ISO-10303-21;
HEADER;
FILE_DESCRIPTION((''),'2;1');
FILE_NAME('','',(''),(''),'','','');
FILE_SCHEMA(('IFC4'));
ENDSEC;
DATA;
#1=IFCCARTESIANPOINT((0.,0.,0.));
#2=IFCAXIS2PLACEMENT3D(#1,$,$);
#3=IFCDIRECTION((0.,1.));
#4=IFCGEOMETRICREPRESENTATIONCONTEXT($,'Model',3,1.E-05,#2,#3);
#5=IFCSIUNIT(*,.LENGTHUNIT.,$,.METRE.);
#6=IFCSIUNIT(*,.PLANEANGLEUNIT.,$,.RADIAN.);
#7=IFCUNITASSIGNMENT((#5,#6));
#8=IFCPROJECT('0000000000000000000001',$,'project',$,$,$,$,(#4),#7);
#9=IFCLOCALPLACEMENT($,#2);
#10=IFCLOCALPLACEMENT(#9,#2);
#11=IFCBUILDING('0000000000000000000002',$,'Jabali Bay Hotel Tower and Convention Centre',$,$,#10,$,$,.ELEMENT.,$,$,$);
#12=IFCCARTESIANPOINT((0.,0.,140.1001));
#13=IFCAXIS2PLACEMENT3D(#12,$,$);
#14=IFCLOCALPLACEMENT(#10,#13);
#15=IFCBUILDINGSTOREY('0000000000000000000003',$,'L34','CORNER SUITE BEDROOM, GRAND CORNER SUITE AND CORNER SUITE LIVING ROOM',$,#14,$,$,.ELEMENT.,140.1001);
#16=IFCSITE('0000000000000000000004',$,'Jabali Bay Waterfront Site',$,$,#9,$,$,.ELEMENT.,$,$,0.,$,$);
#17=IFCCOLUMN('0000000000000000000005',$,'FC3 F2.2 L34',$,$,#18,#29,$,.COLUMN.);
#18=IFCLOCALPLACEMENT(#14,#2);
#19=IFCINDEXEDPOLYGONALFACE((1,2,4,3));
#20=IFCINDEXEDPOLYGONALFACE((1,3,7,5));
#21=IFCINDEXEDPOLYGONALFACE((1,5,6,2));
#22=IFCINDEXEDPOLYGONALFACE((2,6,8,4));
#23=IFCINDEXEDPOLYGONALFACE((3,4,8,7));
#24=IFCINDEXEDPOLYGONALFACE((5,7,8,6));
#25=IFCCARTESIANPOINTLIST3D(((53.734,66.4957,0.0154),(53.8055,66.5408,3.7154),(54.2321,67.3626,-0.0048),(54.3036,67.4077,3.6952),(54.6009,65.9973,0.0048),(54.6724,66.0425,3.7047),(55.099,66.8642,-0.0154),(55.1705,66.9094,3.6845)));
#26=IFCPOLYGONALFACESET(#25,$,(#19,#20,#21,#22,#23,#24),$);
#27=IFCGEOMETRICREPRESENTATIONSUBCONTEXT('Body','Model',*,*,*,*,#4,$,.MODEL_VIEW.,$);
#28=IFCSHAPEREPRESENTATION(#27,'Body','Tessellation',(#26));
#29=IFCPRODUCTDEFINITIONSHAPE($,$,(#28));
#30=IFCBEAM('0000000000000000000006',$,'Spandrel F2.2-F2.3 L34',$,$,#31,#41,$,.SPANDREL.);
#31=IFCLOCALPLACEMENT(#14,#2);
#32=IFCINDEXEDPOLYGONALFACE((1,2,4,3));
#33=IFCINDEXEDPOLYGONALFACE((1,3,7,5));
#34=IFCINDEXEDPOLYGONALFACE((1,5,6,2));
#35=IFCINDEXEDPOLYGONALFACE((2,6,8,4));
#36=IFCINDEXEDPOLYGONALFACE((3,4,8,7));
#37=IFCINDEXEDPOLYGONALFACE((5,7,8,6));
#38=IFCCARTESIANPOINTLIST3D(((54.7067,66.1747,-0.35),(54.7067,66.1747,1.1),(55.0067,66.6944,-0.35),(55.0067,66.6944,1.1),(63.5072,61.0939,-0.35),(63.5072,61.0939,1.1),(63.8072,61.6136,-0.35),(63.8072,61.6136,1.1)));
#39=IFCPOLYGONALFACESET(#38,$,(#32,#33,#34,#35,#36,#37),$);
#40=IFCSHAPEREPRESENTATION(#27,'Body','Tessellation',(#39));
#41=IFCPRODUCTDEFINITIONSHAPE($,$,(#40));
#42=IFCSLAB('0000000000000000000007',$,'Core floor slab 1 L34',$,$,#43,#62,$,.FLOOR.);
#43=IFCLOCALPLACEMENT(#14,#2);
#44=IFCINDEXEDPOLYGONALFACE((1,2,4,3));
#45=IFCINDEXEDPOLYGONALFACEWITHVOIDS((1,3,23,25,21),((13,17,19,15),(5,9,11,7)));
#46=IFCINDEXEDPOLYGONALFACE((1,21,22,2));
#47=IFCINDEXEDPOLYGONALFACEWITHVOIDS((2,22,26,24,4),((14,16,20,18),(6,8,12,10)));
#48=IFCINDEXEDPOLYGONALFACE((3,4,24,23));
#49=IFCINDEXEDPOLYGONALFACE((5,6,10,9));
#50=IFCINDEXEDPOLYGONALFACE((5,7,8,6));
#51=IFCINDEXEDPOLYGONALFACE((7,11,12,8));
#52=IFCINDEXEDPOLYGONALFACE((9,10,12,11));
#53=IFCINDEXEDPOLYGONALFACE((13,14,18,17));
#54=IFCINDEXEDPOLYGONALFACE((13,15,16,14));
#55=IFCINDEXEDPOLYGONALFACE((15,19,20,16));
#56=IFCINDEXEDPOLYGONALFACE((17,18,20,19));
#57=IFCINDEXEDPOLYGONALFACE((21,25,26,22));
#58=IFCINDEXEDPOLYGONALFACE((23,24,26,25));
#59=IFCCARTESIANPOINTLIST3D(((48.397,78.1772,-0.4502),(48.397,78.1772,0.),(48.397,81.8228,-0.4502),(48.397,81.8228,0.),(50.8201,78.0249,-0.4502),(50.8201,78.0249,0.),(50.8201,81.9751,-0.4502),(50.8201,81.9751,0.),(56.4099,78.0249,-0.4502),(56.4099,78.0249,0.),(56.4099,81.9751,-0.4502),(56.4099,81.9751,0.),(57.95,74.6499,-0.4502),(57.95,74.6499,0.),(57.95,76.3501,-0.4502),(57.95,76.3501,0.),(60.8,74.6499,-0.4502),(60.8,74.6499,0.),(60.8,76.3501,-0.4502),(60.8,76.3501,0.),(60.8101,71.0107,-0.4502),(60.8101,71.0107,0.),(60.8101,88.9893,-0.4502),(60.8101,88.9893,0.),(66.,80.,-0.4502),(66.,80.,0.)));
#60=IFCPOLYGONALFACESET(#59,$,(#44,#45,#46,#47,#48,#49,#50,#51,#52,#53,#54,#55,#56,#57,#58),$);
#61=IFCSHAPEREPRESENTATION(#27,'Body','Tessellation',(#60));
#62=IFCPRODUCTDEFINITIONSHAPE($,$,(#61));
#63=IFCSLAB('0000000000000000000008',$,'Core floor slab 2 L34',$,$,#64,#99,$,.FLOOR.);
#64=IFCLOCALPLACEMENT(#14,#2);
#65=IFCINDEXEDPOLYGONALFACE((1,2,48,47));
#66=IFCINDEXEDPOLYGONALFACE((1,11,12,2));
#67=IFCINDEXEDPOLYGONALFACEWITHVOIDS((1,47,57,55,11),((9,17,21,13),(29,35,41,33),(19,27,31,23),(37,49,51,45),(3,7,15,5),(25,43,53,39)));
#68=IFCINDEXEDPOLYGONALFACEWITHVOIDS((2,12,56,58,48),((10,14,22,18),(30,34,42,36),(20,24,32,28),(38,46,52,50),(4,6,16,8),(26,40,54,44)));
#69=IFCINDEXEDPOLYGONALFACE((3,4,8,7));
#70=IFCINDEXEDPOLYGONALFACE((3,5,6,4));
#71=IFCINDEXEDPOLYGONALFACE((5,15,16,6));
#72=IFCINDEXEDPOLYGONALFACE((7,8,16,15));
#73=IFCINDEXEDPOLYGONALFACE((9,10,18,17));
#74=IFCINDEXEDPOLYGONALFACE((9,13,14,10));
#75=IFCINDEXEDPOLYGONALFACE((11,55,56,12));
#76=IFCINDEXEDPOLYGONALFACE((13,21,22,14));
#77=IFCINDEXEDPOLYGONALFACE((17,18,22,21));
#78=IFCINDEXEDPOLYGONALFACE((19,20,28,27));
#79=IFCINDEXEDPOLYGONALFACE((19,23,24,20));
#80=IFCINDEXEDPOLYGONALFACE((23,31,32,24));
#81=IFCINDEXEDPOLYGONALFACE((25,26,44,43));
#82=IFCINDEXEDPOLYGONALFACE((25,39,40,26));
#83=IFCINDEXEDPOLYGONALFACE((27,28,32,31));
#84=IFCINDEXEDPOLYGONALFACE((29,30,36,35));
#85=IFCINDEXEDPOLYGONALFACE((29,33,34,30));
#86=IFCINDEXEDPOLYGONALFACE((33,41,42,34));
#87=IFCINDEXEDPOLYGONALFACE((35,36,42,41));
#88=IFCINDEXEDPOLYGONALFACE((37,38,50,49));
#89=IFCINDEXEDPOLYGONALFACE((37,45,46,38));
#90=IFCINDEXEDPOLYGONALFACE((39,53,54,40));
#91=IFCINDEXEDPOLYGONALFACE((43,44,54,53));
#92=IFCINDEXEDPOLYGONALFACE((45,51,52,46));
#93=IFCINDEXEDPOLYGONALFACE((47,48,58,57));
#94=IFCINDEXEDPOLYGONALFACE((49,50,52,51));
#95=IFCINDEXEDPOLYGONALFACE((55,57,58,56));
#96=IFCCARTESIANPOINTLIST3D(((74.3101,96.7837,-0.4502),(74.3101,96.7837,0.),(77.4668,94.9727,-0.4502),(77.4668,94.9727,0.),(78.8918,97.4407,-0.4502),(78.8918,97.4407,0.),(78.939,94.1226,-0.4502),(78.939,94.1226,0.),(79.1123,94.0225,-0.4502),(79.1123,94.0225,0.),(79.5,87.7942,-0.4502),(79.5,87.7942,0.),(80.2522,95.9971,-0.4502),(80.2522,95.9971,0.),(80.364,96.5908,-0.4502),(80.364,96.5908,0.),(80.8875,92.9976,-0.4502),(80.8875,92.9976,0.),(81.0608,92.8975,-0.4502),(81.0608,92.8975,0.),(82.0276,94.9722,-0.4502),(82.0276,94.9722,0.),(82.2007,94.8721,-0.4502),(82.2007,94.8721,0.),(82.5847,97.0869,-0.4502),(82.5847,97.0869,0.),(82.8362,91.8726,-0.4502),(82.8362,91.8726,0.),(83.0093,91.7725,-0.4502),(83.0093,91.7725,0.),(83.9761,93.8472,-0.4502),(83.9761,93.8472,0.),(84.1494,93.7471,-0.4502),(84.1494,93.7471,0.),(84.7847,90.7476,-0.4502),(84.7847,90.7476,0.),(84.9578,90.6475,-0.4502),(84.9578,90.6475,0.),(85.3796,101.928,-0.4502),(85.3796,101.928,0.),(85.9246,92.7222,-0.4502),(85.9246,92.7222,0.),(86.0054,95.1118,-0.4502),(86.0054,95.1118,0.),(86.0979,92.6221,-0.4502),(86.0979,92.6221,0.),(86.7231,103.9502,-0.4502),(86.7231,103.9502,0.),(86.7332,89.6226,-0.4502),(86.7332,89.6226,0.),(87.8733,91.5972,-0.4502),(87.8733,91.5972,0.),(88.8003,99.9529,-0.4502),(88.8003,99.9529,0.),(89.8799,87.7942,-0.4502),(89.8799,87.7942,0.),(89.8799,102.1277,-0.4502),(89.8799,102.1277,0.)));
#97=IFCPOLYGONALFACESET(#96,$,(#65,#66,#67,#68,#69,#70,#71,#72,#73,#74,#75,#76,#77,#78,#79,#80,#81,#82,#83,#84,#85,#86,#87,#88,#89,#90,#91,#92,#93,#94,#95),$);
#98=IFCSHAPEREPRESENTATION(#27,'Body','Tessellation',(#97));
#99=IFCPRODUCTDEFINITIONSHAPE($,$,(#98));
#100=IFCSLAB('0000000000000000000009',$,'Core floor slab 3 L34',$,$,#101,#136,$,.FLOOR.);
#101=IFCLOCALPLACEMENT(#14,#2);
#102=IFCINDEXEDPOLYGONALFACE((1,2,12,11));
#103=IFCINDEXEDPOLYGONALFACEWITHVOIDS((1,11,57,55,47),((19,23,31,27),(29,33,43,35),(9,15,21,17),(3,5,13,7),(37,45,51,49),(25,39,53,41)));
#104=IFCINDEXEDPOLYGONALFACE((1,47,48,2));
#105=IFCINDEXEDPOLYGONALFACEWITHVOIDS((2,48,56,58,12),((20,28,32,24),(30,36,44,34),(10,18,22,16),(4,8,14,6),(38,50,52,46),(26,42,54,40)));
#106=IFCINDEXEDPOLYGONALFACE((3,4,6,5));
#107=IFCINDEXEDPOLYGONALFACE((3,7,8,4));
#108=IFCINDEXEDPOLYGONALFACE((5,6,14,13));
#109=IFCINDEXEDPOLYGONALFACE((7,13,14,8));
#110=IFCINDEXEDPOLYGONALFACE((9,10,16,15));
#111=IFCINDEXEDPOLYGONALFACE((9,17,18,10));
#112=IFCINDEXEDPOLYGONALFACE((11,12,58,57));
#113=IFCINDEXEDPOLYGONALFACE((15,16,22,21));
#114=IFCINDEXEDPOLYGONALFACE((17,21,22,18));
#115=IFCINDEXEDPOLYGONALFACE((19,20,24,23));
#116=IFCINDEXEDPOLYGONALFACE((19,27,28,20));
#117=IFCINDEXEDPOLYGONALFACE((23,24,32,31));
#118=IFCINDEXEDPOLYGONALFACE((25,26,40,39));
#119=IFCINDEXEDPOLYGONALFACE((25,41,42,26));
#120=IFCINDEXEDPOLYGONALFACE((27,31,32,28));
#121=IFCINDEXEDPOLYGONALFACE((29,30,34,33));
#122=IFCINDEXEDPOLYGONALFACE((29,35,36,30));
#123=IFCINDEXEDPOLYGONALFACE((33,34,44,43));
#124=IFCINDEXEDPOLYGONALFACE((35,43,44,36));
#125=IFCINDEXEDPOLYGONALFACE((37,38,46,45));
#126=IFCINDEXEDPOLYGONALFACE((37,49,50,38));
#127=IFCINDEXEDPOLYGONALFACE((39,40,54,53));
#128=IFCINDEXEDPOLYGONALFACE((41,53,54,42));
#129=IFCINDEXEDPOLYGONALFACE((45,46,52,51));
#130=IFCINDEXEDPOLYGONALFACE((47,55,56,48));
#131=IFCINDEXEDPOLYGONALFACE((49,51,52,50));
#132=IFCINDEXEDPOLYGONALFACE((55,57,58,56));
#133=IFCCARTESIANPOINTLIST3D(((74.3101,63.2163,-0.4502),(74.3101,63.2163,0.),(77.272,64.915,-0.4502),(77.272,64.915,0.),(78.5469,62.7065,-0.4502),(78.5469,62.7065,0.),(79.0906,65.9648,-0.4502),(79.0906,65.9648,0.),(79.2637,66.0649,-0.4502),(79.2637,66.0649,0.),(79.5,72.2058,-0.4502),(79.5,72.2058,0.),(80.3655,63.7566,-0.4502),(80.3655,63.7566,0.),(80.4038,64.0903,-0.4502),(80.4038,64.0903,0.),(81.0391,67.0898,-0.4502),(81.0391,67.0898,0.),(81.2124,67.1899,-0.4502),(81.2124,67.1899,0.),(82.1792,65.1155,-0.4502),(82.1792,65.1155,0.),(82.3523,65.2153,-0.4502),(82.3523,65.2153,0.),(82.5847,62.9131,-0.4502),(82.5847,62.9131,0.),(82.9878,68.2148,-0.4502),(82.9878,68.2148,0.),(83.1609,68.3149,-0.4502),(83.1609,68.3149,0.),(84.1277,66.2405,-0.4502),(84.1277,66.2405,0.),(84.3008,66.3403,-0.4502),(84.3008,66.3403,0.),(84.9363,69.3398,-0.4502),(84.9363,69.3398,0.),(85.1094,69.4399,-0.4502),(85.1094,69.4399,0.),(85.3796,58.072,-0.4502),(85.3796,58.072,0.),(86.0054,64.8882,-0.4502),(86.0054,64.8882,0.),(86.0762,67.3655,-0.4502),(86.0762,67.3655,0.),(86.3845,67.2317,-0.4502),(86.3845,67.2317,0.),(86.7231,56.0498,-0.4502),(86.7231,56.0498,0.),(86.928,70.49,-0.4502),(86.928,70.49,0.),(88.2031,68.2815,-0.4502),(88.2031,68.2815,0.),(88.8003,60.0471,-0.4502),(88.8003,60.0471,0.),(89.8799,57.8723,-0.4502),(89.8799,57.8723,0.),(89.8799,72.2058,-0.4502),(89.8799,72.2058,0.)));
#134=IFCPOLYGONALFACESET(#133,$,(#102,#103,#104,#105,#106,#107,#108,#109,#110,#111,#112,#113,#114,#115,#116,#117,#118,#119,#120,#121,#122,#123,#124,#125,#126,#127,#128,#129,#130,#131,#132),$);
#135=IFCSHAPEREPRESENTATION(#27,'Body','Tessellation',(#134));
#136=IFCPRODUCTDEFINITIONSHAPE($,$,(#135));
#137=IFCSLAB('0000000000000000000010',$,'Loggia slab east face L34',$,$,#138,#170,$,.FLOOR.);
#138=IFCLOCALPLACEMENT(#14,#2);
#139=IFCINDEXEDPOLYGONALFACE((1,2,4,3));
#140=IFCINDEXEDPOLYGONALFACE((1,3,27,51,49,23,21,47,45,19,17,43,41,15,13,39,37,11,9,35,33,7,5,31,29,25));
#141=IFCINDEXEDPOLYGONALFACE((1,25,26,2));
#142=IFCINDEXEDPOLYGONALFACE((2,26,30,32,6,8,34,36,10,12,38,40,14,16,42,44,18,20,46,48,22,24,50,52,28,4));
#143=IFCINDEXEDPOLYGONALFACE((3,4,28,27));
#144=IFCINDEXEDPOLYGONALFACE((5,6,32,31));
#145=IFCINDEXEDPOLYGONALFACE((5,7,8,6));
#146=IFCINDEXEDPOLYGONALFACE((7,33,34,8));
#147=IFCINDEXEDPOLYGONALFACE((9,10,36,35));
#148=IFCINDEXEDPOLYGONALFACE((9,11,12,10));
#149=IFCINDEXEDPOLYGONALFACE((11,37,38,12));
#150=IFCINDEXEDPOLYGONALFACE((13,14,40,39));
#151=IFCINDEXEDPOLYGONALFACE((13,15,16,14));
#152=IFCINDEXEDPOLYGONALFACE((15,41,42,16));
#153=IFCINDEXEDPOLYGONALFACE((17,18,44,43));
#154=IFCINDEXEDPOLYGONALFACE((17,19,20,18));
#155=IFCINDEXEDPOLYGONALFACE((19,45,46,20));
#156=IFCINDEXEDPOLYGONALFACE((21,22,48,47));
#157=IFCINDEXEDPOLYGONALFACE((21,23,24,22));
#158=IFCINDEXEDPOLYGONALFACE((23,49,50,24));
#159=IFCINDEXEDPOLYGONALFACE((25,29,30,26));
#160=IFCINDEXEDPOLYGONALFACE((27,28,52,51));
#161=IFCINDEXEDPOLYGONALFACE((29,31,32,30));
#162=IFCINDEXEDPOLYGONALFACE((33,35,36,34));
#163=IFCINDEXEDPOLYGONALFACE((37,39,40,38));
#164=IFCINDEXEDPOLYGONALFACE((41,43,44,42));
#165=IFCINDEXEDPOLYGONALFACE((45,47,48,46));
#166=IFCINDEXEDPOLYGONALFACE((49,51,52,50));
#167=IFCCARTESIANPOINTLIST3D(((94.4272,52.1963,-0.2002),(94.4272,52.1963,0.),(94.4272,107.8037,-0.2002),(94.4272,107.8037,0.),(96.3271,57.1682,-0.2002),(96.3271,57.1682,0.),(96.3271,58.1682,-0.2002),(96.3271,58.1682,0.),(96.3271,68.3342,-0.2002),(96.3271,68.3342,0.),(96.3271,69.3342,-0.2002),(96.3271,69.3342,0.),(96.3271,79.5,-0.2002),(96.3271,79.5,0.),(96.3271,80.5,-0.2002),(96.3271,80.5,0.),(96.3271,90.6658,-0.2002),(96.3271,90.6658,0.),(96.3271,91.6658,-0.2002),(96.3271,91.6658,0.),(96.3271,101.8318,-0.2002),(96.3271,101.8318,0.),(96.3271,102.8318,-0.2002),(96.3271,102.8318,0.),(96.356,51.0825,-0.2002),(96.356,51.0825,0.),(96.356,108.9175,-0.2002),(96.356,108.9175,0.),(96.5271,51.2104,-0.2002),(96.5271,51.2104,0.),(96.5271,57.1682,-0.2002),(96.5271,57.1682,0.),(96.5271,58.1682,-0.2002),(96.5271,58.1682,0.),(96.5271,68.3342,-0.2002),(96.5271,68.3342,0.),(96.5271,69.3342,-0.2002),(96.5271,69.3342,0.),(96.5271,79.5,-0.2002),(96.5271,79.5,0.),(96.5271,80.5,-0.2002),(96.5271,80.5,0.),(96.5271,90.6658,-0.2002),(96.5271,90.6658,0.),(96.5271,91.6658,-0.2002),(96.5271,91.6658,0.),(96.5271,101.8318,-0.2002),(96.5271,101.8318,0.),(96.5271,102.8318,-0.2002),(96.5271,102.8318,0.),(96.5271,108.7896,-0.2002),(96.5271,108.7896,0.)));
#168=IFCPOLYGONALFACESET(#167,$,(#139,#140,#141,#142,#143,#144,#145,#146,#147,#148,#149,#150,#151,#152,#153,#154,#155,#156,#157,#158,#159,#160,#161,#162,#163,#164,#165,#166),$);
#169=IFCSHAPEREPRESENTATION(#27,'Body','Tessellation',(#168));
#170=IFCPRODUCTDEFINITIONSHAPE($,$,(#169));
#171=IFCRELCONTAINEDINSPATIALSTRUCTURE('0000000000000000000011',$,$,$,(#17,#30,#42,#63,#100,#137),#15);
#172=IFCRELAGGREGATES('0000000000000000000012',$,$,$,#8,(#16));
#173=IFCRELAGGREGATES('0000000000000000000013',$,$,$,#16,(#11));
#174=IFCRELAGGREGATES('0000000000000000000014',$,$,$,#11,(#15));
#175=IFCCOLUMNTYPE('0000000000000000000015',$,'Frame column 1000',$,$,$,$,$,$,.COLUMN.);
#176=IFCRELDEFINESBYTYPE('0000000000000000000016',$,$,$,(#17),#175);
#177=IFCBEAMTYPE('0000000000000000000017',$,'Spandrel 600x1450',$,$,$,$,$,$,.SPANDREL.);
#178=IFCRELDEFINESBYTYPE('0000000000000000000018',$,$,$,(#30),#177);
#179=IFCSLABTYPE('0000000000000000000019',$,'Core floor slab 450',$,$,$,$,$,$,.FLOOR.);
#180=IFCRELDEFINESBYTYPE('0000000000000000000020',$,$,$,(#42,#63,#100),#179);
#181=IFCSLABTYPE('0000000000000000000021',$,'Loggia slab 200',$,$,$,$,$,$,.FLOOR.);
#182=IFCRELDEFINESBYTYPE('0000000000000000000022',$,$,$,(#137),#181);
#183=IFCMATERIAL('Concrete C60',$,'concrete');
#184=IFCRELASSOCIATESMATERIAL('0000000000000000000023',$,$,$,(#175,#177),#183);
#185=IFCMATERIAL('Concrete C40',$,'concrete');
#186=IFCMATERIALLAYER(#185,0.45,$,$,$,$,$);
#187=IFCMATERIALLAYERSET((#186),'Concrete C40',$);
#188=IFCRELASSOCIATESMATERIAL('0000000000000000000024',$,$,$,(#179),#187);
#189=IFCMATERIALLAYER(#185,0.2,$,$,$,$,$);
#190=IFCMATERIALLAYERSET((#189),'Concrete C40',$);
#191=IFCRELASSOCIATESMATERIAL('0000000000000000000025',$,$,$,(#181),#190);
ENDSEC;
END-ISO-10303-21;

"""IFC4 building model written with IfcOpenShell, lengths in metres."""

from ifc_helpers import new_model, si_unit, direction, frame, origin, origin_2d, place, context, subcontext, project, spatial, polyline, rectangle, outline, extrude, material, layer, layer_set, material_profile, profile_set, type_object, element, save


model = new_model("IFC4")

# Units and contexts
model_context = context("Model", 3, precision=1e-05, world=origin(), true_north=direction((0.0, 1.0)))
body_context = subcontext(model_context, "Body", "Model", "MODEL_VIEW")
ifc_project = project(units=[si_unit("LENGTHUNIT", "METRE"), si_unit("PLANEANGLEUNIT", "RADIAN")], contexts=[model_context])

# Site, building, storey
site_placement = place(None, origin())
site = spatial("IfcSite", under=ifc_project, at=site_placement, Name="Jabali Bay Waterfront Site", CompositionType="ELEMENT", RefElevation=0.0)
building_placement = place(site_placement, origin())
building = spatial("IfcBuilding", under=site, at=building_placement, Name="Jabali Bay Hotel Tower and Convention Centre", CompositionType="ELEMENT")
storey_placement = place(building_placement, frame((0.0, 0.0, 140.1001)))
storey = spatial("IfcBuildingStorey", under=building, at=storey_placement, Name="L34", Description="CORNER SUITE BEDROOM, GRAND CORNER SUITE AND CORNER SUITE LIVING ROOM", CompositionType="ELEMENT", Elevation=140.1001)

# Column
ifc_material_1 = material(Name="Concrete C60", Category="concrete")
ifc_material_profile_1 = material_profile(ifc_material_1, rectangle(XDim=1.0, YDim=1.0, at=origin_2d()), Name="Frame column 1000")
ifc_profile_set_1 = profile_set([ifc_material_profile_1], Name="Concrete C60")
column_type = type_object("IfcColumnType", Name="Frame column 1000", PredefinedType="COLUMN", material=ifc_profile_set_1)
column_placement = place(storey_placement, frame((54.4165, 66.6799, 0.0), z_axis=(0.019329, 0.012204, 0.999739), x_axis=(-0.866906, 0.498357, 0.010677)))
element("IfcColumn", 1, at=column_placement, inside=storey, type_object=column_type, Name="FC3 F2.2 L34", PredefinedType="COLUMN", context=body_context, shape_type="SweptSolid", body=[
    extrude(rectangle(XDim=1.0, YDim=1.0, at=origin_2d()), origin(), (0.0, 0.0, 1.0), 3.7009),
])

# Beam
ifc_material_profile_2 = material_profile(ifc_material_1, rectangle(XDim=0.6001, YDim=1.45, at=origin_2d()), Name="Spandrel 600x1450")
ifc_profile_set_2 = profile_set([ifc_material_profile_2], Name="Concrete C60")
beam_type = type_object("IfcBeamType", Name="Spandrel 600x1450", PredefinedType="SPANDREL", material=ifc_profile_set_2)
beam_placement = place(storey_placement, frame((54.8567, 66.4346, 0.375), z_axis=(0.866033, -0.499987, 0.0), x_axis=(0.499987, 0.866033, 0.0)))
element("IfcBeam", 2, at=beam_placement, inside=storey, type_object=beam_type, Name="Spandrel F2.2-F2.3 L34", PredefinedType="SPANDREL", context=body_context, shape_type="SweptSolid", body=[
    extrude(rectangle(XDim=0.6001, YDim=1.45, at=origin_2d()), origin(), (0.0, 0.0, 1.0), 10.1619),
])

# Slabs
ifc_material_2 = material(Name="Concrete C40", Category="concrete")
ifc_layer_1 = layer(ifc_material_2, 0.45)
ifc_layer_set_1 = layer_set([ifc_layer_1], Name="Concrete C40")
slab_type_1 = type_object("IfcSlabType", Name="Core floor slab 450", PredefinedType="FLOOR", material=ifc_layer_set_1)
slab_1_placement = place(storey_placement, frame((0.0, 0.0, -0.4502)))
element("IfcSlab", 3, at=slab_1_placement, inside=storey, type_object=slab_type_1, Name="Core floor slab 1 L34", PredefinedType="FLOOR", context=body_context, shape_type="SweptSolid", body=[
    extrude(outline(polyline([(66.0, 80.0), (60.8101, 88.9893), (48.397, 81.8228), (48.397, 78.1772), (60.8101, 71.0107), (66.0, 80.0)]), holes=[polyline([(60.8, 76.3501), (57.95, 76.3501), (57.95, 74.6499), (60.8, 74.6499), (60.8, 76.3501)]), polyline([(50.8201, 81.9751), (50.8201, 78.0249), (56.4099, 78.0249), (56.4099, 81.9751), (50.8201, 81.9751)])]), origin(), (0.0, 0.0, 1.0), 0.4502),
])
slab_2_placement = place(storey_placement, frame((0.0, 0.0, -0.4502)))
element("IfcSlab", 4, at=slab_2_placement, inside=storey, type_object=slab_type_1, Name="Core floor slab 2 L34", PredefinedType="FLOOR", context=body_context, shape_type="SweptSolid", body=[
    extrude(outline(polyline([(79.5, 87.7942), (89.8799, 87.7942), (89.8799, 102.1277), (86.7231, 103.9502), (74.3101, 96.7837), (79.5, 87.7942)]), holes=[polyline([(84.9578, 90.6475), (86.7332, 89.6226), (87.8733, 91.5972), (86.0979, 92.6221), (84.9578, 90.6475)]), polyline([(84.1494, 93.7471), (83.0093, 91.7725), (84.7847, 90.7476), (85.9246, 92.7222), (84.1494, 93.7471)]), polyline([(82.2007, 94.8721), (81.0608, 92.8975), (82.8362, 91.8726), (83.9761, 93.8472), (82.2007, 94.8721)]), polyline([(79.1123, 94.0225), (80.8875, 92.9976), (82.0276, 94.9722), (80.2522, 95.9971), (79.1123, 94.0225)]), polyline([(78.8918, 97.4407), (77.4668, 94.9727), (78.939, 94.1226), (80.364, 96.5908), (78.8918, 97.4407)]), polyline([(82.5847, 97.0869), (86.0054, 95.1118), (88.8003, 99.9529), (85.3796, 101.928), (82.5847, 97.0869)])]), origin(), (0.0, 0.0, 1.0), 0.4502),
])
slab_3_placement = place(storey_placement, frame((0.0, 0.0, -0.4502)))
element("IfcSlab", 5, at=slab_3_placement, inside=storey, type_object=slab_type_1, Name="Core floor slab 3 L34", PredefinedType="FLOOR", context=body_context, shape_type="SweptSolid", body=[
    extrude(outline(polyline([(79.5, 72.2058), (74.3101, 63.2163), (86.7231, 56.0498), (89.8799, 57.8723), (89.8799, 72.2058), (79.5, 72.2058)]), holes=[polyline([(82.5847, 62.9131), (85.3796, 58.072), (88.8003, 60.0471), (86.0054, 64.8882), (82.5847, 62.9131)]), polyline([(80.3655, 63.7566), (79.0906, 65.9648), (77.272, 64.915), (78.5469, 62.7065), (80.3655, 63.7566)]), polyline([(82.1792, 65.1155), (81.0391, 67.0898), (79.2637, 66.0649), (80.4038, 64.0903), (82.1792, 65.1155)]), polyline([(82.9878, 68.2148), (81.2124, 67.1899), (82.3523, 65.2153), (84.1277, 66.2405), (82.9878, 68.2148)]), polyline([(86.0762, 67.3655), (84.9363, 69.3398), (83.1609, 68.3149), (84.3008, 66.3403), (86.0762, 67.3655)]), polyline([(88.2031, 68.2815), (86.928, 70.49), (85.1094, 69.4399), (86.3845, 67.2317), (88.2031, 68.2815)])]), origin(), (0.0, 0.0, 1.0), 0.4502),
])
ifc_layer_2 = layer(ifc_material_2, 0.2)
ifc_layer_set_2 = layer_set([ifc_layer_2], Name="Concrete C40")
slab_type_2 = type_object("IfcSlabType", Name="Loggia slab 200", PredefinedType="FLOOR", material=ifc_layer_set_2)
slab_4_placement = place(storey_placement, frame((0.0, 0.0, -0.2002)))
element("IfcSlab", 6, at=slab_4_placement, inside=storey, type_object=slab_type_2, Name="Loggia slab east face L34", PredefinedType="FLOOR", context=body_context, shape_type="SweptSolid", body=[
    extrude(outline(polyline([(94.4272, 107.8037), (96.356, 108.9175), (96.5271, 108.7896), (96.5271, 102.8318), (96.3271, 102.8318), (96.3271, 101.8318), (96.5271, 101.8318), (96.5271, 91.6658), (96.3271, 91.6658), (96.3271, 90.6658), (96.5271, 90.6658), (96.5271, 80.5), (96.3271, 80.5), (96.3271, 79.5), (96.5271, 79.5), (96.5271, 69.3342), (96.3271, 69.3342), (96.3271, 68.3342), (96.5271, 68.3342), (96.5271, 58.1682), (96.3271, 58.1682), (96.3271, 57.1682), (96.5271, 57.1682), (96.5271, 51.2104), (96.356, 51.0825), (94.4272, 52.1963), (94.4272, 107.8037)])), origin(), (0.0, 0.0, 1.0), 0.2002),
])

save(model, "model.ifc")
